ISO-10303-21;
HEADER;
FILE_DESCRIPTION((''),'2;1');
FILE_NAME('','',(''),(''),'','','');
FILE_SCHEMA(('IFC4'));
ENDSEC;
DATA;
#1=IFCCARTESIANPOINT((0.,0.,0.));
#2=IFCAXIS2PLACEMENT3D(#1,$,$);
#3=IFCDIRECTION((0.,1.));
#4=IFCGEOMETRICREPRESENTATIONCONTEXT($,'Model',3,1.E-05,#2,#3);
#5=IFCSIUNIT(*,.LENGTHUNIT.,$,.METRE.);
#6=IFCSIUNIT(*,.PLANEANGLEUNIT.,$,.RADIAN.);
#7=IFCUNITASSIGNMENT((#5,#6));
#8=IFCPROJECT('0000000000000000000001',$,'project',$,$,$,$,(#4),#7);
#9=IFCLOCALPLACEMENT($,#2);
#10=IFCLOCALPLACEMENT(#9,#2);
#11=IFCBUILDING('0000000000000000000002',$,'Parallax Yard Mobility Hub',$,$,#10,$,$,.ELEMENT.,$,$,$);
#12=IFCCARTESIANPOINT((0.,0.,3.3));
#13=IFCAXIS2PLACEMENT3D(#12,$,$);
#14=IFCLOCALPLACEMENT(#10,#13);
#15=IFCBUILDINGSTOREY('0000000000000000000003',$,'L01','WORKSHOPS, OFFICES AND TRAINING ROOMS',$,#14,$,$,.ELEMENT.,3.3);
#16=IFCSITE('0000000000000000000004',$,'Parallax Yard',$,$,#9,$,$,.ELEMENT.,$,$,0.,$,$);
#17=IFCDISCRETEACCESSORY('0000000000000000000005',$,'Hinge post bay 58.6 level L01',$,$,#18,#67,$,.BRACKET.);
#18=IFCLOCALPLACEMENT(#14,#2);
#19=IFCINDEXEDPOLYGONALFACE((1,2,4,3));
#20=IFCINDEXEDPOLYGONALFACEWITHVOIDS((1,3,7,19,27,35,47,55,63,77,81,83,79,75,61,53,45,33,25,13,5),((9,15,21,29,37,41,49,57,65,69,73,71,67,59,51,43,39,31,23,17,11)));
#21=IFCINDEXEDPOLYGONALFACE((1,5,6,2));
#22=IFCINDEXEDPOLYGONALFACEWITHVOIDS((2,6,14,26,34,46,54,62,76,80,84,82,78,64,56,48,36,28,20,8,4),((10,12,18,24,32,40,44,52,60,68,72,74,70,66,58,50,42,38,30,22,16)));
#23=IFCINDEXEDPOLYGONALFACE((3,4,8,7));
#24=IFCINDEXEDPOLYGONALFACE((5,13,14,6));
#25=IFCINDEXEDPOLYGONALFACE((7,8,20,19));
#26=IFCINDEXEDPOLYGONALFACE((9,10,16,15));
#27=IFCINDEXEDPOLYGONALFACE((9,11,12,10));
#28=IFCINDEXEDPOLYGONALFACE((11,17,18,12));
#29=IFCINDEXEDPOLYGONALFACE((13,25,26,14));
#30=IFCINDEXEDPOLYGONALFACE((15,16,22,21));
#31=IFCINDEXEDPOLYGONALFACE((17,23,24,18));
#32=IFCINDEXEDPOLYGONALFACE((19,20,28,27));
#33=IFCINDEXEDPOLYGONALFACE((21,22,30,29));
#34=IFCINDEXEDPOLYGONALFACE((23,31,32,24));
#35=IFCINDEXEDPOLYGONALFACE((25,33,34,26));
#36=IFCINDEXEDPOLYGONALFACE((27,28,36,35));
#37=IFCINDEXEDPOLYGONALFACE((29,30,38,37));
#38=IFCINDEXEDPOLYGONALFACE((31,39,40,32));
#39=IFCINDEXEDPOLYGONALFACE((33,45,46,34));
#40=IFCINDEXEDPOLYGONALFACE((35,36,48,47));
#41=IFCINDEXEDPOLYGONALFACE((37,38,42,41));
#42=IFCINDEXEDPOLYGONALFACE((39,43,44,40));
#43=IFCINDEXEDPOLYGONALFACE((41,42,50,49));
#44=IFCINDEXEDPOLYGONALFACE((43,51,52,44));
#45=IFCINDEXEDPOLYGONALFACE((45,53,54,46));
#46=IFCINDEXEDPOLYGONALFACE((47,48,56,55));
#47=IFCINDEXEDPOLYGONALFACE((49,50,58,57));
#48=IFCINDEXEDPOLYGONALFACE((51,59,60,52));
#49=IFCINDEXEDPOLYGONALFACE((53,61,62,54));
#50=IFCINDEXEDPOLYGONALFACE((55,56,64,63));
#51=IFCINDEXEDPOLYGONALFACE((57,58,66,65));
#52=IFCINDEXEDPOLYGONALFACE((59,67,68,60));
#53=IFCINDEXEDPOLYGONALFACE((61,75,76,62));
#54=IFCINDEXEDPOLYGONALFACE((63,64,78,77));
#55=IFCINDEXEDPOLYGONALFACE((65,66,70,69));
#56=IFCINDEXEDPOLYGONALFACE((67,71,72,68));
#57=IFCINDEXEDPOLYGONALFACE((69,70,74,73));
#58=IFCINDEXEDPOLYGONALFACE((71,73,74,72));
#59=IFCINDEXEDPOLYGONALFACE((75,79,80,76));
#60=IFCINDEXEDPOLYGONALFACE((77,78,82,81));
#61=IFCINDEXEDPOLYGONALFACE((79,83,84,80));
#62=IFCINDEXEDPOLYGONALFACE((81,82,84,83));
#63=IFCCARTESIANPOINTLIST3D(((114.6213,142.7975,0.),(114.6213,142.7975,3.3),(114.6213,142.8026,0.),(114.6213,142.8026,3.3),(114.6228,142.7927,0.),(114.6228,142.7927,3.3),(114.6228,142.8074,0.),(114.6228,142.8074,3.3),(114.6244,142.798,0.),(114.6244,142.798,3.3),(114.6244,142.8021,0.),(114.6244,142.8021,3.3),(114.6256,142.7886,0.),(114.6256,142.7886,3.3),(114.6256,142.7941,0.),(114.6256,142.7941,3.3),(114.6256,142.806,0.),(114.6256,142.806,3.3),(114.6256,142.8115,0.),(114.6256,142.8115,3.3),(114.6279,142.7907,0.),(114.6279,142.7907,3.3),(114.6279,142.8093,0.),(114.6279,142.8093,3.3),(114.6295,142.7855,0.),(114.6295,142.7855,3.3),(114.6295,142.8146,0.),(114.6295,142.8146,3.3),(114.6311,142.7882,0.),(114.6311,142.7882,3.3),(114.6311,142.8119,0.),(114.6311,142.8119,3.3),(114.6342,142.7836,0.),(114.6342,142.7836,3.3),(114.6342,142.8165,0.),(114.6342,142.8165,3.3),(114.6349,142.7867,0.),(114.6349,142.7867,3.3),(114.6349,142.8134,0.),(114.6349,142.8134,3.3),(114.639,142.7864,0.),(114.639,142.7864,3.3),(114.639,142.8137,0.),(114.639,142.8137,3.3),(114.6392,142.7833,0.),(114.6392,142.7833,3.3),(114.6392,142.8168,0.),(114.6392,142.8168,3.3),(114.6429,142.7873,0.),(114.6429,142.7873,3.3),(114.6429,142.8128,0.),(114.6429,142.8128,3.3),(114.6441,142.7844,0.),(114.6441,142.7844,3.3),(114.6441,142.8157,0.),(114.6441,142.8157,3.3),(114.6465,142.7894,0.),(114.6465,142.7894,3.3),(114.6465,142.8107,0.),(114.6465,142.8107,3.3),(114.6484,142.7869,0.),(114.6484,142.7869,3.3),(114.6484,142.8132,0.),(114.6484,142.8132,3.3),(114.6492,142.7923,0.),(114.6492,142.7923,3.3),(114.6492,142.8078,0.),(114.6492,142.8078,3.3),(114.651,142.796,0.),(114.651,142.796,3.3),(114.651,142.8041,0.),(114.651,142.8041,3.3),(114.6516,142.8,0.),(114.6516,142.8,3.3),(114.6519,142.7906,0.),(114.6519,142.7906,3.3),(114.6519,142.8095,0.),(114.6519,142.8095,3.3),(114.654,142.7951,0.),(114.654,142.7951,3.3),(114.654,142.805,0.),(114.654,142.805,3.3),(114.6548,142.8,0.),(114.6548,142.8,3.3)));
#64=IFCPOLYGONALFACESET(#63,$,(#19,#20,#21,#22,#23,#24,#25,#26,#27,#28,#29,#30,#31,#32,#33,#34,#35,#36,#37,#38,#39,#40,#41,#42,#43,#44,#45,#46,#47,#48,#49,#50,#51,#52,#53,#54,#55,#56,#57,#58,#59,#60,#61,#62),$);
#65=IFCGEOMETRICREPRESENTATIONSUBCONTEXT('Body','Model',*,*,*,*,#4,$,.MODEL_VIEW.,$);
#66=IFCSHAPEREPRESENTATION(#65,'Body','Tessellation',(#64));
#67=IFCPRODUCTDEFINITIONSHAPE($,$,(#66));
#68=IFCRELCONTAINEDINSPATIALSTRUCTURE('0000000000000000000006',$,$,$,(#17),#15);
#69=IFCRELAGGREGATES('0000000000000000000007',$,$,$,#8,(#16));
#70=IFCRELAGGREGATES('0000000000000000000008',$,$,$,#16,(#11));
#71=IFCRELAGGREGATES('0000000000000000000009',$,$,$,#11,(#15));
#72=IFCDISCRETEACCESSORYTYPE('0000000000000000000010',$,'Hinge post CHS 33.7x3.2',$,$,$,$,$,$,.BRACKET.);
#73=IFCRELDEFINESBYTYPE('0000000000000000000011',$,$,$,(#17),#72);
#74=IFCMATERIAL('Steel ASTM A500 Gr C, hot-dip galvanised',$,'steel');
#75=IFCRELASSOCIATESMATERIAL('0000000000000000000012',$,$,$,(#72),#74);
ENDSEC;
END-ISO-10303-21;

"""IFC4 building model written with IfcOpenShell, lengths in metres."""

from ifc_helpers import new_model, si_unit, direction, frame, origin, origin_2d, place, context, subcontext, project, spatial, hollow_circle, extrude, material, material_profile, profile_set, type_object, element, save


model = new_model("IFC4")

# Units and contexts
model_context = context("Model", 3, precision=1e-05, world=origin(), true_north=direction((0.0, 1.0)))
body_context = subcontext(model_context, "Body", "Model", "MODEL_VIEW")
ifc_project = project(units=[si_unit("LENGTHUNIT", "METRE"), si_unit("PLANEANGLEUNIT", "RADIAN")], contexts=[model_context])

# Site, building, storey
site_placement = place(None, origin())
site = spatial("IfcSite", under=ifc_project, at=site_placement, Name="Parallax Yard", CompositionType="ELEMENT", RefElevation=0.0)
building_placement = place(site_placement, origin())
building = spatial("IfcBuilding", under=site, at=building_placement, Name="Parallax Yard Mobility Hub", CompositionType="ELEMENT")
storey_placement = place(building_placement, frame((0.0, 0.0, 3.3)))
storey = spatial("IfcBuildingStorey", under=building, at=storey_placement, Name="L01", Description="WORKSHOPS, OFFICES AND TRAINING ROOMS", CompositionType="ELEMENT", Elevation=3.3)

# Discrete accessory
ifc_material_1 = material(Name="Steel ASTM A500 Gr C, hot-dip galvanised", Category="steel")
ifc_material_profile = material_profile(ifc_material_1, hollow_circle(Radius=0.0168, WallThickness=0.0032, at=origin_2d()), Name="CHS 33.7x3.2")
ifc_profile_set = profile_set([ifc_material_profile], Name="Steel ASTM A500 Gr C, hot-dip galvanised")
discrete_accessory_type_1 = type_object("IfcDiscreteAccessoryType", Name="Hinge post CHS 33.7x3.2", PredefinedType="BRACKET", material=ifc_profile_set)
for number, where, z_axis, x_axis, name in (
    (1, (114.6379, 142.8, 0.0), (0.0, 0.0, 1.0), (1.0, 0.0, 0.0), "Hinge post bay 58.6 level L01"),
):
    element("IfcDiscreteAccessory", number, at=place(storey_placement, frame(where, z_axis=z_axis, x_axis=x_axis)), inside=storey, type_object=discrete_accessory_type_1, Name=name, PredefinedType="BRACKET", context=body_context, shape_type="SweptSolid", body=[
        extrude(hollow_circle(Radius=0.0168, WallThickness=0.0032, at=origin_2d()), origin(), (0.0, 0.0, 1.0), 3.3),
    ])

save(model, "model.ifc")
